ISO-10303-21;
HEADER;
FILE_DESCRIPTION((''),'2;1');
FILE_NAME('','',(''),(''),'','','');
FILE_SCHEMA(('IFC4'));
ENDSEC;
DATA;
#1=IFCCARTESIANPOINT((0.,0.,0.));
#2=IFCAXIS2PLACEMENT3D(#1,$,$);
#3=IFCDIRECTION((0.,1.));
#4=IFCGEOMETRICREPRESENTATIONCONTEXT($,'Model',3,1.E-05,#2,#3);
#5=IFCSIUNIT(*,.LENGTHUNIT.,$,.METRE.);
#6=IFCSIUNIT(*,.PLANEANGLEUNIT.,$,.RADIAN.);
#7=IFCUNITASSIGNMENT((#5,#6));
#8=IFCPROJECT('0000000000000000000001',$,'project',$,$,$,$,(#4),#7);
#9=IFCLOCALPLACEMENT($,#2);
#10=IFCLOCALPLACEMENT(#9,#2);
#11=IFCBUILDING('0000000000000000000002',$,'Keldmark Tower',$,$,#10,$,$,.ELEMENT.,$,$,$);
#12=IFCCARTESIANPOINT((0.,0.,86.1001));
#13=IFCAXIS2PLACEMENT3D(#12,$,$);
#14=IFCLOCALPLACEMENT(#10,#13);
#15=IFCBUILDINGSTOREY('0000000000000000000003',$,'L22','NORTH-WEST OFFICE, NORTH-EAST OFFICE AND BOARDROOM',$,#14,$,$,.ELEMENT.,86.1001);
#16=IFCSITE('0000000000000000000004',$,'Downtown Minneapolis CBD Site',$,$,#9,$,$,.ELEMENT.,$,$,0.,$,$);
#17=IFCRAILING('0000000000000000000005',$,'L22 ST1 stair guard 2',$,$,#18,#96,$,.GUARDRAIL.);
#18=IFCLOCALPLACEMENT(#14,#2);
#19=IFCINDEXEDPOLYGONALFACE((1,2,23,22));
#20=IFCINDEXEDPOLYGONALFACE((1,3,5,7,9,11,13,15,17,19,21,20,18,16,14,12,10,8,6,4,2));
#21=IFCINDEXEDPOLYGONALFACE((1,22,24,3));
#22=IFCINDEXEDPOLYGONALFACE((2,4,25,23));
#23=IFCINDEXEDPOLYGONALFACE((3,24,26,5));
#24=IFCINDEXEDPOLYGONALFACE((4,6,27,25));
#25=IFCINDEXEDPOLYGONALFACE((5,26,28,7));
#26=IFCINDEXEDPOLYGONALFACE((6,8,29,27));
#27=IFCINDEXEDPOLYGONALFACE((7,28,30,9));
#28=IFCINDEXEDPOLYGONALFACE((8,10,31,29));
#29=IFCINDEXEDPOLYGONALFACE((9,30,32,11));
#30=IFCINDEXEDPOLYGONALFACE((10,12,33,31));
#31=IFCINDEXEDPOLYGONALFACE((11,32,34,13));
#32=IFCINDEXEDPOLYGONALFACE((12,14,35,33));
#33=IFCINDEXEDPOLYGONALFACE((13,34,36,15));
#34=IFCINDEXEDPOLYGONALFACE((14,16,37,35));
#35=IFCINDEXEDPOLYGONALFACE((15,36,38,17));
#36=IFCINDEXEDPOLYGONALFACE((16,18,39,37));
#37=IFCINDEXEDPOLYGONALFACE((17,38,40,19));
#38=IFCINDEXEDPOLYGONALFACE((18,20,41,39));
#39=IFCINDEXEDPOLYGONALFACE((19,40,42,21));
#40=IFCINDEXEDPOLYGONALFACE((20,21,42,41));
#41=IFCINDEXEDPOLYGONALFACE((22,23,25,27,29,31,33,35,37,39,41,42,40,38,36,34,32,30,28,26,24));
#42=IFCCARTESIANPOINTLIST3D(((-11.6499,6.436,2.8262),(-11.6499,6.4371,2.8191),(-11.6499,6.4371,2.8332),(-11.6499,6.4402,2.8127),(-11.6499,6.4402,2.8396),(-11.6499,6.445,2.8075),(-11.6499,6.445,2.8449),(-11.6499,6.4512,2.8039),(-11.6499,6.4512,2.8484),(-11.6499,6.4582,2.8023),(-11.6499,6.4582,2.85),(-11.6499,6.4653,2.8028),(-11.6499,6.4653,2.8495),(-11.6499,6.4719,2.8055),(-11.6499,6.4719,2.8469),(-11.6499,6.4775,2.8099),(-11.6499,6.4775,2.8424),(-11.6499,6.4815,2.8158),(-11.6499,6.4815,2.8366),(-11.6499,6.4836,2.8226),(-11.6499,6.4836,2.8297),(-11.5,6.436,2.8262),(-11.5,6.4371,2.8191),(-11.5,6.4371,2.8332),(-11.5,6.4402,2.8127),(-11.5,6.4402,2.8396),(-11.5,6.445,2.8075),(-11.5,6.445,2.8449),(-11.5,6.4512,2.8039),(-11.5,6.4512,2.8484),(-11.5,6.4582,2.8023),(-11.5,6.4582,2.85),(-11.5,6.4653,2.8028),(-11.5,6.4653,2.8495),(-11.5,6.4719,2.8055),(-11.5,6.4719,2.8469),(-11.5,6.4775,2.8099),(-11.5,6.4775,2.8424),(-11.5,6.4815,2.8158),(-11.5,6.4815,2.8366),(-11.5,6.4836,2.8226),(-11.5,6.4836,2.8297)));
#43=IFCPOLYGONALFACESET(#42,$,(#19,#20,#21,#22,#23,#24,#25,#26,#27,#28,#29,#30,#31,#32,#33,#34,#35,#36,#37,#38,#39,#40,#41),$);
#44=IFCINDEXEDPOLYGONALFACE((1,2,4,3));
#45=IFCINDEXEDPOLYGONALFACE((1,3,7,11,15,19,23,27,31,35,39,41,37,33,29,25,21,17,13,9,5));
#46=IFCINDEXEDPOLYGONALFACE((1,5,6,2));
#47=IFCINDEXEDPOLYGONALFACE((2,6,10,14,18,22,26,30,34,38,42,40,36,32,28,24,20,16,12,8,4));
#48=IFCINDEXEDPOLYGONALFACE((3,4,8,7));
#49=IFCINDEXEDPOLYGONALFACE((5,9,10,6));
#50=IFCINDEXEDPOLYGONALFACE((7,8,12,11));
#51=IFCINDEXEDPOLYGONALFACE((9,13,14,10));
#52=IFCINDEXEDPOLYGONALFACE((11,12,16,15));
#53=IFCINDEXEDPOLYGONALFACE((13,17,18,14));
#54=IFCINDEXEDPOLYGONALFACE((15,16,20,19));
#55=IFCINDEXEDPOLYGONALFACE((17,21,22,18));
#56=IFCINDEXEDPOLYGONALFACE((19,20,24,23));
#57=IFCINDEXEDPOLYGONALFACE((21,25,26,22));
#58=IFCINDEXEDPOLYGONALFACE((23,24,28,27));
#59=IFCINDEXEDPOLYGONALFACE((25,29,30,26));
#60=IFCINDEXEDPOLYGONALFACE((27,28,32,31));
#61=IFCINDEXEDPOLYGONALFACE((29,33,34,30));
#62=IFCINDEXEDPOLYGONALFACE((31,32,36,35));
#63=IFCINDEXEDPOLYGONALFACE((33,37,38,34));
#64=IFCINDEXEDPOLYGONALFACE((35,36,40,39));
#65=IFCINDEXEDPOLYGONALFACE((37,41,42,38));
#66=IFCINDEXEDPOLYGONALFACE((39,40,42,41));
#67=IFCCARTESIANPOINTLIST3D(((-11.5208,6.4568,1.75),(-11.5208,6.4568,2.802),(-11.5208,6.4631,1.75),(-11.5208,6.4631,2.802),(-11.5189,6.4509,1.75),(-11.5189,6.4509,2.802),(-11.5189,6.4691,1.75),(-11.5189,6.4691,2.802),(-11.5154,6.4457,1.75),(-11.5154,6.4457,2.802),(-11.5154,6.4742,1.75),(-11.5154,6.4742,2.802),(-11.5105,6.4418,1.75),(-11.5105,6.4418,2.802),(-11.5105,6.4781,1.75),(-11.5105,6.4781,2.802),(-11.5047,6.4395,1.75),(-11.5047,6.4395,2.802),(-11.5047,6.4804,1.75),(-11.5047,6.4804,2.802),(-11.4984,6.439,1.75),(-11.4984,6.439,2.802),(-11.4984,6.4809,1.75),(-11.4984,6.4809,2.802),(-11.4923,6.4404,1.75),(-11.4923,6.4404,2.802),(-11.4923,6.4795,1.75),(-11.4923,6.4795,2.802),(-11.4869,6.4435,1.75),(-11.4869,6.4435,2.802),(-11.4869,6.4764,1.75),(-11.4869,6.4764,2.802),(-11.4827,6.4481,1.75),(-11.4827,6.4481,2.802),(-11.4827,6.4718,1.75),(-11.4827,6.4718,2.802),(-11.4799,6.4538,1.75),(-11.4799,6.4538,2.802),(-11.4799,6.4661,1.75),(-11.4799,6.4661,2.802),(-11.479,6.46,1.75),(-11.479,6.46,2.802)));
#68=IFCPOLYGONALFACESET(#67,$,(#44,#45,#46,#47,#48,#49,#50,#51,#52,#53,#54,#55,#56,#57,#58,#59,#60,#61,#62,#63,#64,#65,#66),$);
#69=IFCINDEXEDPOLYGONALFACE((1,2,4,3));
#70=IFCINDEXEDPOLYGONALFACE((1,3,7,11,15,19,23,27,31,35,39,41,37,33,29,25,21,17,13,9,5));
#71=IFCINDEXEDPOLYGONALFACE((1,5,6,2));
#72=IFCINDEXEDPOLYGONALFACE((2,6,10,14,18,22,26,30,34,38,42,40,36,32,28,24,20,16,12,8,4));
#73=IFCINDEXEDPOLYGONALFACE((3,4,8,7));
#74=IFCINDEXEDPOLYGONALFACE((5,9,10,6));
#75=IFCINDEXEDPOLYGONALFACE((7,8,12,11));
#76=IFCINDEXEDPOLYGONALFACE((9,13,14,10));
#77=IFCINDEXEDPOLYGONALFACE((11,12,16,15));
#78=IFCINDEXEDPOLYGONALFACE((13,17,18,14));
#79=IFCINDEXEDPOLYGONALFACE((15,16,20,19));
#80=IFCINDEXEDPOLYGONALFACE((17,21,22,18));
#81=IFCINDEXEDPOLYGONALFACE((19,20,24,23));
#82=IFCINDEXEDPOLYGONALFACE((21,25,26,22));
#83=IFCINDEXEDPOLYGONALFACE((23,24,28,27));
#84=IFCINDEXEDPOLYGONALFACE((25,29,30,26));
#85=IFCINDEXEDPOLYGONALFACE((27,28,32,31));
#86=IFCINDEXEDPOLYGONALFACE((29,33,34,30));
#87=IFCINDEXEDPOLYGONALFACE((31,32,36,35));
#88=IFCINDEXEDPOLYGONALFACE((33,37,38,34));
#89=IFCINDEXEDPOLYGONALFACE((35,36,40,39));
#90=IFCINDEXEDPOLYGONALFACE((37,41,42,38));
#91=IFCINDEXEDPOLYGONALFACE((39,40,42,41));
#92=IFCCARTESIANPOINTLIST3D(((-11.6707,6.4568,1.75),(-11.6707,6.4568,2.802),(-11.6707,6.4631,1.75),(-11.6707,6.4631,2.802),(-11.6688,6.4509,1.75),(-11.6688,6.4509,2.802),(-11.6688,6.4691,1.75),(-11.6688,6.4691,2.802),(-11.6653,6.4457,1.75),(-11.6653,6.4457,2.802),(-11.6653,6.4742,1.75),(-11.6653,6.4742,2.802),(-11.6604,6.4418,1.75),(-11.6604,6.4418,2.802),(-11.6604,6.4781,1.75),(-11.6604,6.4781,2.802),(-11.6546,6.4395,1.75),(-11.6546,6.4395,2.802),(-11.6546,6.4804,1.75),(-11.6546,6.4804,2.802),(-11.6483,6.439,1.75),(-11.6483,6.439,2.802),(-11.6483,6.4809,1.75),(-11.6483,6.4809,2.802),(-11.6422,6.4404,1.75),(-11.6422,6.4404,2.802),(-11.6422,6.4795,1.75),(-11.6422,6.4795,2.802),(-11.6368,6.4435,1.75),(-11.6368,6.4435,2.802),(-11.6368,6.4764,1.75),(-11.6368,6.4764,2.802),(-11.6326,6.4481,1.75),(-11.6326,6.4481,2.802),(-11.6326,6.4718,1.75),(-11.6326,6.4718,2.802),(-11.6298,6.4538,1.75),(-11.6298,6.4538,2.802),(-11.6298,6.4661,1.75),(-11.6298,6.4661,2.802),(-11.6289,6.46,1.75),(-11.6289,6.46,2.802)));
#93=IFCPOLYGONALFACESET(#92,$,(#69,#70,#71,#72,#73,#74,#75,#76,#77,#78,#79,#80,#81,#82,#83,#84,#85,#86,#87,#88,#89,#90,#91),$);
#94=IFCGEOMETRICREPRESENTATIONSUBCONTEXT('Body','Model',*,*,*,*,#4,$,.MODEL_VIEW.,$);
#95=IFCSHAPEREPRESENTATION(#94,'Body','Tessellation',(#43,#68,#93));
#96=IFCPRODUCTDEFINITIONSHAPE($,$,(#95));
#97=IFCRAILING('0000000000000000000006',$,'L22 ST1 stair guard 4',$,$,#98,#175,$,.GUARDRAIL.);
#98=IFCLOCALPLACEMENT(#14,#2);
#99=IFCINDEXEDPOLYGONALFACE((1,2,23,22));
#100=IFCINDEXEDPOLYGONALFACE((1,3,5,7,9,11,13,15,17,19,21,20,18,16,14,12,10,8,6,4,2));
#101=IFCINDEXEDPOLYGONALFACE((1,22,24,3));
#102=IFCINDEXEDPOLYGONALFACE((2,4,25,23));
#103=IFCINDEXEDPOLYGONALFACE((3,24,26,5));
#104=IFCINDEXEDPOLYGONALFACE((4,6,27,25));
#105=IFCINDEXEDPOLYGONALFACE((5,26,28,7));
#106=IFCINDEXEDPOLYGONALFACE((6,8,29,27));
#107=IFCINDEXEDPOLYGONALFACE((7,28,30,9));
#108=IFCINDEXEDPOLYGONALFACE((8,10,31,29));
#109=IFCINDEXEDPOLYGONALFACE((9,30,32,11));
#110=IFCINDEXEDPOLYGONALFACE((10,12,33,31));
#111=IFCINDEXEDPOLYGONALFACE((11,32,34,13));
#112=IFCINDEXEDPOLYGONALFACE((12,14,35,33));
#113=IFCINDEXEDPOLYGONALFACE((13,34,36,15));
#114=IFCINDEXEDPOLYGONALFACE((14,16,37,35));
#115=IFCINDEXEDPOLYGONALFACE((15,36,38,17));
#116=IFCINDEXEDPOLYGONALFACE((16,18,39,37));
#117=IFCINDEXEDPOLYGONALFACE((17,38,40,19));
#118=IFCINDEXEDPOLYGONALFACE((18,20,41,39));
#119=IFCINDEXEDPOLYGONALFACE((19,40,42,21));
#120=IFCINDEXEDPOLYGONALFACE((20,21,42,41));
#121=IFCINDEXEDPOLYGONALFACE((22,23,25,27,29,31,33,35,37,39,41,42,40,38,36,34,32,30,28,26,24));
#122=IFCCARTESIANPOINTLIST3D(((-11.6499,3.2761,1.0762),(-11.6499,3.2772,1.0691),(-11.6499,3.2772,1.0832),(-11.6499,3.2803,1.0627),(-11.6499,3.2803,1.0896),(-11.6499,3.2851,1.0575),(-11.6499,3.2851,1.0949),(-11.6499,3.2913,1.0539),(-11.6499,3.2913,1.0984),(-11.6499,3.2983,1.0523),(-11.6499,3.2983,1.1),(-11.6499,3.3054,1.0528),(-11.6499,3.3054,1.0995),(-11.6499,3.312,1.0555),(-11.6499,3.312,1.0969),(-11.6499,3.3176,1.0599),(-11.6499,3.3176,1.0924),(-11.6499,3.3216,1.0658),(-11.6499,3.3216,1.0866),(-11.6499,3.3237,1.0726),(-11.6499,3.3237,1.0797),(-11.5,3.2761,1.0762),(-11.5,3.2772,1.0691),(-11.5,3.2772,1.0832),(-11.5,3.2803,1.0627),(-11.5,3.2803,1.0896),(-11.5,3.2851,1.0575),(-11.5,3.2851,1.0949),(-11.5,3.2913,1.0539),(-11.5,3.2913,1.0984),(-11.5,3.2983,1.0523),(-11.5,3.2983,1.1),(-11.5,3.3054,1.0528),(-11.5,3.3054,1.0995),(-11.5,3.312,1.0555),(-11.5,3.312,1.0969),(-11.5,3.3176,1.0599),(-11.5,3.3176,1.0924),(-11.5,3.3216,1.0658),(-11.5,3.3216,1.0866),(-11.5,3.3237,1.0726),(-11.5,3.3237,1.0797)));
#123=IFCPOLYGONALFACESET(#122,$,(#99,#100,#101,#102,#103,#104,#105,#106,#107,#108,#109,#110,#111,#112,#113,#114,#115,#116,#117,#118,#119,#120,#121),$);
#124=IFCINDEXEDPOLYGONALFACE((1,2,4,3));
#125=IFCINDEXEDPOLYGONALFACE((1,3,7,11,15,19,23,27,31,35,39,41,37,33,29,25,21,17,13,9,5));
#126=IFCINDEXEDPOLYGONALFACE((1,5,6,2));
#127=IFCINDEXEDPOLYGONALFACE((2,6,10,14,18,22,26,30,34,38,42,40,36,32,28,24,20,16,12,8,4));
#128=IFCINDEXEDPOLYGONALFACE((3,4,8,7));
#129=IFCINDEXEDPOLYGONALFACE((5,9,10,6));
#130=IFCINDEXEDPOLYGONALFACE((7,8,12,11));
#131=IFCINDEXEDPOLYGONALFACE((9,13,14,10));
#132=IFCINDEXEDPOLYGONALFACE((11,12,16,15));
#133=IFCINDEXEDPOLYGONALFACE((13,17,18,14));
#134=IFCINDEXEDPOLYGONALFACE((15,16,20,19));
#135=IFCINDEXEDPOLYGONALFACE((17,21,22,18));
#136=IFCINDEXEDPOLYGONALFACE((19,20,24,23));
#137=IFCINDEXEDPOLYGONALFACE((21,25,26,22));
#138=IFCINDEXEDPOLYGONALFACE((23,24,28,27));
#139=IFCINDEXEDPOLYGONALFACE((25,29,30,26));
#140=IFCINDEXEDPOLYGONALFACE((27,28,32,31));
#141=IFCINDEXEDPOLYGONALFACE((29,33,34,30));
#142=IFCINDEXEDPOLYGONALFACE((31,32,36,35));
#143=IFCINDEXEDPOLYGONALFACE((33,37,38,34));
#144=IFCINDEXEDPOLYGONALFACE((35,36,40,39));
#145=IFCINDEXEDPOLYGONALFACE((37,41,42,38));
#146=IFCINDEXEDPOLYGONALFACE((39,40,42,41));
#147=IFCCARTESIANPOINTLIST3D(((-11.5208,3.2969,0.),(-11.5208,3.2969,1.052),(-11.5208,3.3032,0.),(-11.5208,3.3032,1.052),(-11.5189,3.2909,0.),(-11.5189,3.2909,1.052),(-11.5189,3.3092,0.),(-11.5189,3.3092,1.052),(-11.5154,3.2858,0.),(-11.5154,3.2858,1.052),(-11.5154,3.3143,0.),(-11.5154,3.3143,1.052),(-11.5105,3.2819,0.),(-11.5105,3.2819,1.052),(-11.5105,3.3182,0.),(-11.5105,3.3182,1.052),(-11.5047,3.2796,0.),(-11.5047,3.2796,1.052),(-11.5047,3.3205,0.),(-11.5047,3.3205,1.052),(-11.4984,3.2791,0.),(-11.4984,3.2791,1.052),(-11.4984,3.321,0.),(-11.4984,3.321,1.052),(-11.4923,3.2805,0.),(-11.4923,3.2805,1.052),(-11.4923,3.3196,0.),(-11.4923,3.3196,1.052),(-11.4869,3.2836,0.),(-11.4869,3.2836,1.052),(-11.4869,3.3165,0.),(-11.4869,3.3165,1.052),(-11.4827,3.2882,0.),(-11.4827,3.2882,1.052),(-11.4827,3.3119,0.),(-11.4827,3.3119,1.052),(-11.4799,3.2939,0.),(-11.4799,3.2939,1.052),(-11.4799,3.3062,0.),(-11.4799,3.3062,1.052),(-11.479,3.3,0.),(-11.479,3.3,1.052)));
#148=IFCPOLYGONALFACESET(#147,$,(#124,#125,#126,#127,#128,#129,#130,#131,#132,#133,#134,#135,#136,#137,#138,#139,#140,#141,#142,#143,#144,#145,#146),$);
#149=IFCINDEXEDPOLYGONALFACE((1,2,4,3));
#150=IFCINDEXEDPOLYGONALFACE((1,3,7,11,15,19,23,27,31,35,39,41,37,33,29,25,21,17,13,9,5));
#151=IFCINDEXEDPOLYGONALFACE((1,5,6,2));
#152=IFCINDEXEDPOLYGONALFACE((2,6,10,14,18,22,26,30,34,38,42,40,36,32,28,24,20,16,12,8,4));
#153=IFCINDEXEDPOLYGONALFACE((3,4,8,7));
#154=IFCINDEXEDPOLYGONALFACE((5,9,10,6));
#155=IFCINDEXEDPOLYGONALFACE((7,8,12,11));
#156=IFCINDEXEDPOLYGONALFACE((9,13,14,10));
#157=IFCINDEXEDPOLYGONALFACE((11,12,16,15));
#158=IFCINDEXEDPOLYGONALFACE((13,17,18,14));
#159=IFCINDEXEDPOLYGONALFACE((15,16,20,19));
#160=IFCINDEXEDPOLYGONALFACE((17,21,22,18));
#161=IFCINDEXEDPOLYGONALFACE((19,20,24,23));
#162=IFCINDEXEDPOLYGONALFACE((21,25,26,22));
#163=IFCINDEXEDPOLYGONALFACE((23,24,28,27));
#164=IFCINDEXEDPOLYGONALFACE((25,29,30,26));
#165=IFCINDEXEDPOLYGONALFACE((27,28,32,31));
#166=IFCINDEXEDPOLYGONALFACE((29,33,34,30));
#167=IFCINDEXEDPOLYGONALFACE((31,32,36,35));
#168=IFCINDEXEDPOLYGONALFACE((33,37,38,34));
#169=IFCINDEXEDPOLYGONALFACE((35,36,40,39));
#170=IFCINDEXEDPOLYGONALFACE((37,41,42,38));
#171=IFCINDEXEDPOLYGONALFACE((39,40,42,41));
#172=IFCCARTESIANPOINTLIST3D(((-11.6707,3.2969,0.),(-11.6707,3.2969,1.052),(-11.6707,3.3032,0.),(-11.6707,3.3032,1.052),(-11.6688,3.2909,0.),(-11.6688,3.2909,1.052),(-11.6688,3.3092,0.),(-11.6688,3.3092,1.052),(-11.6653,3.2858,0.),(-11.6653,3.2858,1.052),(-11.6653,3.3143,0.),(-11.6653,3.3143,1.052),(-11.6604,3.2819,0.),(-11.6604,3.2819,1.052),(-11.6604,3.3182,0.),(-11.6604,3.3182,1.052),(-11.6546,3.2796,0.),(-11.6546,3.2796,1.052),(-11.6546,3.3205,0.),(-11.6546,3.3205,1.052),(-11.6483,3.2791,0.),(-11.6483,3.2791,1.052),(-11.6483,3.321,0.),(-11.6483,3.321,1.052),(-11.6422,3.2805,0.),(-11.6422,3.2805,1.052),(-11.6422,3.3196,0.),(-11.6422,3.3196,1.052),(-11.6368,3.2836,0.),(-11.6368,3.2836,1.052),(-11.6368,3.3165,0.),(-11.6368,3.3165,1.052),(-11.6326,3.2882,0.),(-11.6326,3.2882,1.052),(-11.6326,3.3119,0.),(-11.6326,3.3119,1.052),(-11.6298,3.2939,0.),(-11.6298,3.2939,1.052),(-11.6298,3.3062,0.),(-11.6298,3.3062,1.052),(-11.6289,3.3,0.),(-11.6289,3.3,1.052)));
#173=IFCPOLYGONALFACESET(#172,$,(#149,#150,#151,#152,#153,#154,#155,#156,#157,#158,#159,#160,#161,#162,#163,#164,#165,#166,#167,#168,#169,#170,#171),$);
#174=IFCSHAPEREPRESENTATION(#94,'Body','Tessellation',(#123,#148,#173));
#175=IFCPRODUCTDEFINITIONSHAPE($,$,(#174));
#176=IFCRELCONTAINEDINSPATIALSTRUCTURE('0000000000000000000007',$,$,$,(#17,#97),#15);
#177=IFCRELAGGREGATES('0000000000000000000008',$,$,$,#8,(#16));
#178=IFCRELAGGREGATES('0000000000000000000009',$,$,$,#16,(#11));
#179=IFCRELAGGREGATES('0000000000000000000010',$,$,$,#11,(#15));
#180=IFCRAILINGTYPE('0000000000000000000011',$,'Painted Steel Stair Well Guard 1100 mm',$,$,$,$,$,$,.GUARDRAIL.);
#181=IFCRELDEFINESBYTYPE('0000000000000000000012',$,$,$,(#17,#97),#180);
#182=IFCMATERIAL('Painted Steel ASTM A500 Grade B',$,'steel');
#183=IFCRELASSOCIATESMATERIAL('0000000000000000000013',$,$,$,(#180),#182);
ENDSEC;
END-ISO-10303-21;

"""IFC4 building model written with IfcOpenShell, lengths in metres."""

from ifc_helpers import new_model, si_unit, direction, frame, origin, origin_2d, place, context, subcontext, project, spatial, circle, extrude, material, type_object, element, save


model = new_model("IFC4")

# Units and contexts
model_context = context("Model", 3, precision=1e-05, world=origin(), true_north=direction((0.0, 1.0)))
body_context = subcontext(model_context, "Body", "Model", "MODEL_VIEW")
ifc_project = project(units=[si_unit("LENGTHUNIT", "METRE"), si_unit("PLANEANGLEUNIT", "RADIAN")], contexts=[model_context])

# Site, building, storey
site_placement = place(None, origin())
site = spatial("IfcSite", under=ifc_project, at=site_placement, Name="Downtown Minneapolis CBD Site", CompositionType="ELEMENT", RefElevation=0.0)
building_placement = place(site_placement, origin())
building = spatial("IfcBuilding", under=site, at=building_placement, Name="Keldmark Tower", CompositionType="ELEMENT")
storey_placement = place(building_placement, frame((0.0, 0.0, 86.1001)))
storey = spatial("IfcBuildingStorey", under=building, at=storey_placement, Name="L22", Description="NORTH-WEST OFFICE, NORTH-EAST OFFICE AND BOARDROOM", CompositionType="ELEMENT", Elevation=86.1001)

# Railings
ifc_material_1 = material(Name="Painted Steel ASTM A500 Grade B", Category="steel")
railing_type_1 = type_object("IfcRailingType", Name="Painted Steel Stair Well Guard 1100 mm", PredefinedType="GUARDRAIL", material=ifc_material_1)
for number, where, name in (
    (1, (-11.5, 6.46, 1.75), "L22 ST1 stair guard 2"),
    (2, (-11.5, 3.3, 0.0), "L22 ST1 stair guard 4"),
):
    element("IfcRailing", number, at=place(storey_placement, frame(where)), inside=storey, type_object=railing_type_1, Name=name, PredefinedType="GUARDRAIL", context=body_context, shape_type="SweptSolid", body=[
        extrude(circle(Radius=0.0239, at=origin_2d()), frame((0.0, 0.0, 1.0762), z_axis=(-1.0, 0.0, 0.0), x_axis=(0.0, -1.0, 0.0)), (0.0, 0.0, 1.0), 0.1499),
        extrude(circle(Radius=0.021, at=origin_2d()), origin(), (0.0, 0.0, 1.0), 1.052),
        extrude(circle(Radius=0.021, at=origin_2d()), frame((-0.1499, 0.0, 0.0)), (0.0, 0.0, 1.0), 1.052),
    ])

save(model, "model.ifc")
